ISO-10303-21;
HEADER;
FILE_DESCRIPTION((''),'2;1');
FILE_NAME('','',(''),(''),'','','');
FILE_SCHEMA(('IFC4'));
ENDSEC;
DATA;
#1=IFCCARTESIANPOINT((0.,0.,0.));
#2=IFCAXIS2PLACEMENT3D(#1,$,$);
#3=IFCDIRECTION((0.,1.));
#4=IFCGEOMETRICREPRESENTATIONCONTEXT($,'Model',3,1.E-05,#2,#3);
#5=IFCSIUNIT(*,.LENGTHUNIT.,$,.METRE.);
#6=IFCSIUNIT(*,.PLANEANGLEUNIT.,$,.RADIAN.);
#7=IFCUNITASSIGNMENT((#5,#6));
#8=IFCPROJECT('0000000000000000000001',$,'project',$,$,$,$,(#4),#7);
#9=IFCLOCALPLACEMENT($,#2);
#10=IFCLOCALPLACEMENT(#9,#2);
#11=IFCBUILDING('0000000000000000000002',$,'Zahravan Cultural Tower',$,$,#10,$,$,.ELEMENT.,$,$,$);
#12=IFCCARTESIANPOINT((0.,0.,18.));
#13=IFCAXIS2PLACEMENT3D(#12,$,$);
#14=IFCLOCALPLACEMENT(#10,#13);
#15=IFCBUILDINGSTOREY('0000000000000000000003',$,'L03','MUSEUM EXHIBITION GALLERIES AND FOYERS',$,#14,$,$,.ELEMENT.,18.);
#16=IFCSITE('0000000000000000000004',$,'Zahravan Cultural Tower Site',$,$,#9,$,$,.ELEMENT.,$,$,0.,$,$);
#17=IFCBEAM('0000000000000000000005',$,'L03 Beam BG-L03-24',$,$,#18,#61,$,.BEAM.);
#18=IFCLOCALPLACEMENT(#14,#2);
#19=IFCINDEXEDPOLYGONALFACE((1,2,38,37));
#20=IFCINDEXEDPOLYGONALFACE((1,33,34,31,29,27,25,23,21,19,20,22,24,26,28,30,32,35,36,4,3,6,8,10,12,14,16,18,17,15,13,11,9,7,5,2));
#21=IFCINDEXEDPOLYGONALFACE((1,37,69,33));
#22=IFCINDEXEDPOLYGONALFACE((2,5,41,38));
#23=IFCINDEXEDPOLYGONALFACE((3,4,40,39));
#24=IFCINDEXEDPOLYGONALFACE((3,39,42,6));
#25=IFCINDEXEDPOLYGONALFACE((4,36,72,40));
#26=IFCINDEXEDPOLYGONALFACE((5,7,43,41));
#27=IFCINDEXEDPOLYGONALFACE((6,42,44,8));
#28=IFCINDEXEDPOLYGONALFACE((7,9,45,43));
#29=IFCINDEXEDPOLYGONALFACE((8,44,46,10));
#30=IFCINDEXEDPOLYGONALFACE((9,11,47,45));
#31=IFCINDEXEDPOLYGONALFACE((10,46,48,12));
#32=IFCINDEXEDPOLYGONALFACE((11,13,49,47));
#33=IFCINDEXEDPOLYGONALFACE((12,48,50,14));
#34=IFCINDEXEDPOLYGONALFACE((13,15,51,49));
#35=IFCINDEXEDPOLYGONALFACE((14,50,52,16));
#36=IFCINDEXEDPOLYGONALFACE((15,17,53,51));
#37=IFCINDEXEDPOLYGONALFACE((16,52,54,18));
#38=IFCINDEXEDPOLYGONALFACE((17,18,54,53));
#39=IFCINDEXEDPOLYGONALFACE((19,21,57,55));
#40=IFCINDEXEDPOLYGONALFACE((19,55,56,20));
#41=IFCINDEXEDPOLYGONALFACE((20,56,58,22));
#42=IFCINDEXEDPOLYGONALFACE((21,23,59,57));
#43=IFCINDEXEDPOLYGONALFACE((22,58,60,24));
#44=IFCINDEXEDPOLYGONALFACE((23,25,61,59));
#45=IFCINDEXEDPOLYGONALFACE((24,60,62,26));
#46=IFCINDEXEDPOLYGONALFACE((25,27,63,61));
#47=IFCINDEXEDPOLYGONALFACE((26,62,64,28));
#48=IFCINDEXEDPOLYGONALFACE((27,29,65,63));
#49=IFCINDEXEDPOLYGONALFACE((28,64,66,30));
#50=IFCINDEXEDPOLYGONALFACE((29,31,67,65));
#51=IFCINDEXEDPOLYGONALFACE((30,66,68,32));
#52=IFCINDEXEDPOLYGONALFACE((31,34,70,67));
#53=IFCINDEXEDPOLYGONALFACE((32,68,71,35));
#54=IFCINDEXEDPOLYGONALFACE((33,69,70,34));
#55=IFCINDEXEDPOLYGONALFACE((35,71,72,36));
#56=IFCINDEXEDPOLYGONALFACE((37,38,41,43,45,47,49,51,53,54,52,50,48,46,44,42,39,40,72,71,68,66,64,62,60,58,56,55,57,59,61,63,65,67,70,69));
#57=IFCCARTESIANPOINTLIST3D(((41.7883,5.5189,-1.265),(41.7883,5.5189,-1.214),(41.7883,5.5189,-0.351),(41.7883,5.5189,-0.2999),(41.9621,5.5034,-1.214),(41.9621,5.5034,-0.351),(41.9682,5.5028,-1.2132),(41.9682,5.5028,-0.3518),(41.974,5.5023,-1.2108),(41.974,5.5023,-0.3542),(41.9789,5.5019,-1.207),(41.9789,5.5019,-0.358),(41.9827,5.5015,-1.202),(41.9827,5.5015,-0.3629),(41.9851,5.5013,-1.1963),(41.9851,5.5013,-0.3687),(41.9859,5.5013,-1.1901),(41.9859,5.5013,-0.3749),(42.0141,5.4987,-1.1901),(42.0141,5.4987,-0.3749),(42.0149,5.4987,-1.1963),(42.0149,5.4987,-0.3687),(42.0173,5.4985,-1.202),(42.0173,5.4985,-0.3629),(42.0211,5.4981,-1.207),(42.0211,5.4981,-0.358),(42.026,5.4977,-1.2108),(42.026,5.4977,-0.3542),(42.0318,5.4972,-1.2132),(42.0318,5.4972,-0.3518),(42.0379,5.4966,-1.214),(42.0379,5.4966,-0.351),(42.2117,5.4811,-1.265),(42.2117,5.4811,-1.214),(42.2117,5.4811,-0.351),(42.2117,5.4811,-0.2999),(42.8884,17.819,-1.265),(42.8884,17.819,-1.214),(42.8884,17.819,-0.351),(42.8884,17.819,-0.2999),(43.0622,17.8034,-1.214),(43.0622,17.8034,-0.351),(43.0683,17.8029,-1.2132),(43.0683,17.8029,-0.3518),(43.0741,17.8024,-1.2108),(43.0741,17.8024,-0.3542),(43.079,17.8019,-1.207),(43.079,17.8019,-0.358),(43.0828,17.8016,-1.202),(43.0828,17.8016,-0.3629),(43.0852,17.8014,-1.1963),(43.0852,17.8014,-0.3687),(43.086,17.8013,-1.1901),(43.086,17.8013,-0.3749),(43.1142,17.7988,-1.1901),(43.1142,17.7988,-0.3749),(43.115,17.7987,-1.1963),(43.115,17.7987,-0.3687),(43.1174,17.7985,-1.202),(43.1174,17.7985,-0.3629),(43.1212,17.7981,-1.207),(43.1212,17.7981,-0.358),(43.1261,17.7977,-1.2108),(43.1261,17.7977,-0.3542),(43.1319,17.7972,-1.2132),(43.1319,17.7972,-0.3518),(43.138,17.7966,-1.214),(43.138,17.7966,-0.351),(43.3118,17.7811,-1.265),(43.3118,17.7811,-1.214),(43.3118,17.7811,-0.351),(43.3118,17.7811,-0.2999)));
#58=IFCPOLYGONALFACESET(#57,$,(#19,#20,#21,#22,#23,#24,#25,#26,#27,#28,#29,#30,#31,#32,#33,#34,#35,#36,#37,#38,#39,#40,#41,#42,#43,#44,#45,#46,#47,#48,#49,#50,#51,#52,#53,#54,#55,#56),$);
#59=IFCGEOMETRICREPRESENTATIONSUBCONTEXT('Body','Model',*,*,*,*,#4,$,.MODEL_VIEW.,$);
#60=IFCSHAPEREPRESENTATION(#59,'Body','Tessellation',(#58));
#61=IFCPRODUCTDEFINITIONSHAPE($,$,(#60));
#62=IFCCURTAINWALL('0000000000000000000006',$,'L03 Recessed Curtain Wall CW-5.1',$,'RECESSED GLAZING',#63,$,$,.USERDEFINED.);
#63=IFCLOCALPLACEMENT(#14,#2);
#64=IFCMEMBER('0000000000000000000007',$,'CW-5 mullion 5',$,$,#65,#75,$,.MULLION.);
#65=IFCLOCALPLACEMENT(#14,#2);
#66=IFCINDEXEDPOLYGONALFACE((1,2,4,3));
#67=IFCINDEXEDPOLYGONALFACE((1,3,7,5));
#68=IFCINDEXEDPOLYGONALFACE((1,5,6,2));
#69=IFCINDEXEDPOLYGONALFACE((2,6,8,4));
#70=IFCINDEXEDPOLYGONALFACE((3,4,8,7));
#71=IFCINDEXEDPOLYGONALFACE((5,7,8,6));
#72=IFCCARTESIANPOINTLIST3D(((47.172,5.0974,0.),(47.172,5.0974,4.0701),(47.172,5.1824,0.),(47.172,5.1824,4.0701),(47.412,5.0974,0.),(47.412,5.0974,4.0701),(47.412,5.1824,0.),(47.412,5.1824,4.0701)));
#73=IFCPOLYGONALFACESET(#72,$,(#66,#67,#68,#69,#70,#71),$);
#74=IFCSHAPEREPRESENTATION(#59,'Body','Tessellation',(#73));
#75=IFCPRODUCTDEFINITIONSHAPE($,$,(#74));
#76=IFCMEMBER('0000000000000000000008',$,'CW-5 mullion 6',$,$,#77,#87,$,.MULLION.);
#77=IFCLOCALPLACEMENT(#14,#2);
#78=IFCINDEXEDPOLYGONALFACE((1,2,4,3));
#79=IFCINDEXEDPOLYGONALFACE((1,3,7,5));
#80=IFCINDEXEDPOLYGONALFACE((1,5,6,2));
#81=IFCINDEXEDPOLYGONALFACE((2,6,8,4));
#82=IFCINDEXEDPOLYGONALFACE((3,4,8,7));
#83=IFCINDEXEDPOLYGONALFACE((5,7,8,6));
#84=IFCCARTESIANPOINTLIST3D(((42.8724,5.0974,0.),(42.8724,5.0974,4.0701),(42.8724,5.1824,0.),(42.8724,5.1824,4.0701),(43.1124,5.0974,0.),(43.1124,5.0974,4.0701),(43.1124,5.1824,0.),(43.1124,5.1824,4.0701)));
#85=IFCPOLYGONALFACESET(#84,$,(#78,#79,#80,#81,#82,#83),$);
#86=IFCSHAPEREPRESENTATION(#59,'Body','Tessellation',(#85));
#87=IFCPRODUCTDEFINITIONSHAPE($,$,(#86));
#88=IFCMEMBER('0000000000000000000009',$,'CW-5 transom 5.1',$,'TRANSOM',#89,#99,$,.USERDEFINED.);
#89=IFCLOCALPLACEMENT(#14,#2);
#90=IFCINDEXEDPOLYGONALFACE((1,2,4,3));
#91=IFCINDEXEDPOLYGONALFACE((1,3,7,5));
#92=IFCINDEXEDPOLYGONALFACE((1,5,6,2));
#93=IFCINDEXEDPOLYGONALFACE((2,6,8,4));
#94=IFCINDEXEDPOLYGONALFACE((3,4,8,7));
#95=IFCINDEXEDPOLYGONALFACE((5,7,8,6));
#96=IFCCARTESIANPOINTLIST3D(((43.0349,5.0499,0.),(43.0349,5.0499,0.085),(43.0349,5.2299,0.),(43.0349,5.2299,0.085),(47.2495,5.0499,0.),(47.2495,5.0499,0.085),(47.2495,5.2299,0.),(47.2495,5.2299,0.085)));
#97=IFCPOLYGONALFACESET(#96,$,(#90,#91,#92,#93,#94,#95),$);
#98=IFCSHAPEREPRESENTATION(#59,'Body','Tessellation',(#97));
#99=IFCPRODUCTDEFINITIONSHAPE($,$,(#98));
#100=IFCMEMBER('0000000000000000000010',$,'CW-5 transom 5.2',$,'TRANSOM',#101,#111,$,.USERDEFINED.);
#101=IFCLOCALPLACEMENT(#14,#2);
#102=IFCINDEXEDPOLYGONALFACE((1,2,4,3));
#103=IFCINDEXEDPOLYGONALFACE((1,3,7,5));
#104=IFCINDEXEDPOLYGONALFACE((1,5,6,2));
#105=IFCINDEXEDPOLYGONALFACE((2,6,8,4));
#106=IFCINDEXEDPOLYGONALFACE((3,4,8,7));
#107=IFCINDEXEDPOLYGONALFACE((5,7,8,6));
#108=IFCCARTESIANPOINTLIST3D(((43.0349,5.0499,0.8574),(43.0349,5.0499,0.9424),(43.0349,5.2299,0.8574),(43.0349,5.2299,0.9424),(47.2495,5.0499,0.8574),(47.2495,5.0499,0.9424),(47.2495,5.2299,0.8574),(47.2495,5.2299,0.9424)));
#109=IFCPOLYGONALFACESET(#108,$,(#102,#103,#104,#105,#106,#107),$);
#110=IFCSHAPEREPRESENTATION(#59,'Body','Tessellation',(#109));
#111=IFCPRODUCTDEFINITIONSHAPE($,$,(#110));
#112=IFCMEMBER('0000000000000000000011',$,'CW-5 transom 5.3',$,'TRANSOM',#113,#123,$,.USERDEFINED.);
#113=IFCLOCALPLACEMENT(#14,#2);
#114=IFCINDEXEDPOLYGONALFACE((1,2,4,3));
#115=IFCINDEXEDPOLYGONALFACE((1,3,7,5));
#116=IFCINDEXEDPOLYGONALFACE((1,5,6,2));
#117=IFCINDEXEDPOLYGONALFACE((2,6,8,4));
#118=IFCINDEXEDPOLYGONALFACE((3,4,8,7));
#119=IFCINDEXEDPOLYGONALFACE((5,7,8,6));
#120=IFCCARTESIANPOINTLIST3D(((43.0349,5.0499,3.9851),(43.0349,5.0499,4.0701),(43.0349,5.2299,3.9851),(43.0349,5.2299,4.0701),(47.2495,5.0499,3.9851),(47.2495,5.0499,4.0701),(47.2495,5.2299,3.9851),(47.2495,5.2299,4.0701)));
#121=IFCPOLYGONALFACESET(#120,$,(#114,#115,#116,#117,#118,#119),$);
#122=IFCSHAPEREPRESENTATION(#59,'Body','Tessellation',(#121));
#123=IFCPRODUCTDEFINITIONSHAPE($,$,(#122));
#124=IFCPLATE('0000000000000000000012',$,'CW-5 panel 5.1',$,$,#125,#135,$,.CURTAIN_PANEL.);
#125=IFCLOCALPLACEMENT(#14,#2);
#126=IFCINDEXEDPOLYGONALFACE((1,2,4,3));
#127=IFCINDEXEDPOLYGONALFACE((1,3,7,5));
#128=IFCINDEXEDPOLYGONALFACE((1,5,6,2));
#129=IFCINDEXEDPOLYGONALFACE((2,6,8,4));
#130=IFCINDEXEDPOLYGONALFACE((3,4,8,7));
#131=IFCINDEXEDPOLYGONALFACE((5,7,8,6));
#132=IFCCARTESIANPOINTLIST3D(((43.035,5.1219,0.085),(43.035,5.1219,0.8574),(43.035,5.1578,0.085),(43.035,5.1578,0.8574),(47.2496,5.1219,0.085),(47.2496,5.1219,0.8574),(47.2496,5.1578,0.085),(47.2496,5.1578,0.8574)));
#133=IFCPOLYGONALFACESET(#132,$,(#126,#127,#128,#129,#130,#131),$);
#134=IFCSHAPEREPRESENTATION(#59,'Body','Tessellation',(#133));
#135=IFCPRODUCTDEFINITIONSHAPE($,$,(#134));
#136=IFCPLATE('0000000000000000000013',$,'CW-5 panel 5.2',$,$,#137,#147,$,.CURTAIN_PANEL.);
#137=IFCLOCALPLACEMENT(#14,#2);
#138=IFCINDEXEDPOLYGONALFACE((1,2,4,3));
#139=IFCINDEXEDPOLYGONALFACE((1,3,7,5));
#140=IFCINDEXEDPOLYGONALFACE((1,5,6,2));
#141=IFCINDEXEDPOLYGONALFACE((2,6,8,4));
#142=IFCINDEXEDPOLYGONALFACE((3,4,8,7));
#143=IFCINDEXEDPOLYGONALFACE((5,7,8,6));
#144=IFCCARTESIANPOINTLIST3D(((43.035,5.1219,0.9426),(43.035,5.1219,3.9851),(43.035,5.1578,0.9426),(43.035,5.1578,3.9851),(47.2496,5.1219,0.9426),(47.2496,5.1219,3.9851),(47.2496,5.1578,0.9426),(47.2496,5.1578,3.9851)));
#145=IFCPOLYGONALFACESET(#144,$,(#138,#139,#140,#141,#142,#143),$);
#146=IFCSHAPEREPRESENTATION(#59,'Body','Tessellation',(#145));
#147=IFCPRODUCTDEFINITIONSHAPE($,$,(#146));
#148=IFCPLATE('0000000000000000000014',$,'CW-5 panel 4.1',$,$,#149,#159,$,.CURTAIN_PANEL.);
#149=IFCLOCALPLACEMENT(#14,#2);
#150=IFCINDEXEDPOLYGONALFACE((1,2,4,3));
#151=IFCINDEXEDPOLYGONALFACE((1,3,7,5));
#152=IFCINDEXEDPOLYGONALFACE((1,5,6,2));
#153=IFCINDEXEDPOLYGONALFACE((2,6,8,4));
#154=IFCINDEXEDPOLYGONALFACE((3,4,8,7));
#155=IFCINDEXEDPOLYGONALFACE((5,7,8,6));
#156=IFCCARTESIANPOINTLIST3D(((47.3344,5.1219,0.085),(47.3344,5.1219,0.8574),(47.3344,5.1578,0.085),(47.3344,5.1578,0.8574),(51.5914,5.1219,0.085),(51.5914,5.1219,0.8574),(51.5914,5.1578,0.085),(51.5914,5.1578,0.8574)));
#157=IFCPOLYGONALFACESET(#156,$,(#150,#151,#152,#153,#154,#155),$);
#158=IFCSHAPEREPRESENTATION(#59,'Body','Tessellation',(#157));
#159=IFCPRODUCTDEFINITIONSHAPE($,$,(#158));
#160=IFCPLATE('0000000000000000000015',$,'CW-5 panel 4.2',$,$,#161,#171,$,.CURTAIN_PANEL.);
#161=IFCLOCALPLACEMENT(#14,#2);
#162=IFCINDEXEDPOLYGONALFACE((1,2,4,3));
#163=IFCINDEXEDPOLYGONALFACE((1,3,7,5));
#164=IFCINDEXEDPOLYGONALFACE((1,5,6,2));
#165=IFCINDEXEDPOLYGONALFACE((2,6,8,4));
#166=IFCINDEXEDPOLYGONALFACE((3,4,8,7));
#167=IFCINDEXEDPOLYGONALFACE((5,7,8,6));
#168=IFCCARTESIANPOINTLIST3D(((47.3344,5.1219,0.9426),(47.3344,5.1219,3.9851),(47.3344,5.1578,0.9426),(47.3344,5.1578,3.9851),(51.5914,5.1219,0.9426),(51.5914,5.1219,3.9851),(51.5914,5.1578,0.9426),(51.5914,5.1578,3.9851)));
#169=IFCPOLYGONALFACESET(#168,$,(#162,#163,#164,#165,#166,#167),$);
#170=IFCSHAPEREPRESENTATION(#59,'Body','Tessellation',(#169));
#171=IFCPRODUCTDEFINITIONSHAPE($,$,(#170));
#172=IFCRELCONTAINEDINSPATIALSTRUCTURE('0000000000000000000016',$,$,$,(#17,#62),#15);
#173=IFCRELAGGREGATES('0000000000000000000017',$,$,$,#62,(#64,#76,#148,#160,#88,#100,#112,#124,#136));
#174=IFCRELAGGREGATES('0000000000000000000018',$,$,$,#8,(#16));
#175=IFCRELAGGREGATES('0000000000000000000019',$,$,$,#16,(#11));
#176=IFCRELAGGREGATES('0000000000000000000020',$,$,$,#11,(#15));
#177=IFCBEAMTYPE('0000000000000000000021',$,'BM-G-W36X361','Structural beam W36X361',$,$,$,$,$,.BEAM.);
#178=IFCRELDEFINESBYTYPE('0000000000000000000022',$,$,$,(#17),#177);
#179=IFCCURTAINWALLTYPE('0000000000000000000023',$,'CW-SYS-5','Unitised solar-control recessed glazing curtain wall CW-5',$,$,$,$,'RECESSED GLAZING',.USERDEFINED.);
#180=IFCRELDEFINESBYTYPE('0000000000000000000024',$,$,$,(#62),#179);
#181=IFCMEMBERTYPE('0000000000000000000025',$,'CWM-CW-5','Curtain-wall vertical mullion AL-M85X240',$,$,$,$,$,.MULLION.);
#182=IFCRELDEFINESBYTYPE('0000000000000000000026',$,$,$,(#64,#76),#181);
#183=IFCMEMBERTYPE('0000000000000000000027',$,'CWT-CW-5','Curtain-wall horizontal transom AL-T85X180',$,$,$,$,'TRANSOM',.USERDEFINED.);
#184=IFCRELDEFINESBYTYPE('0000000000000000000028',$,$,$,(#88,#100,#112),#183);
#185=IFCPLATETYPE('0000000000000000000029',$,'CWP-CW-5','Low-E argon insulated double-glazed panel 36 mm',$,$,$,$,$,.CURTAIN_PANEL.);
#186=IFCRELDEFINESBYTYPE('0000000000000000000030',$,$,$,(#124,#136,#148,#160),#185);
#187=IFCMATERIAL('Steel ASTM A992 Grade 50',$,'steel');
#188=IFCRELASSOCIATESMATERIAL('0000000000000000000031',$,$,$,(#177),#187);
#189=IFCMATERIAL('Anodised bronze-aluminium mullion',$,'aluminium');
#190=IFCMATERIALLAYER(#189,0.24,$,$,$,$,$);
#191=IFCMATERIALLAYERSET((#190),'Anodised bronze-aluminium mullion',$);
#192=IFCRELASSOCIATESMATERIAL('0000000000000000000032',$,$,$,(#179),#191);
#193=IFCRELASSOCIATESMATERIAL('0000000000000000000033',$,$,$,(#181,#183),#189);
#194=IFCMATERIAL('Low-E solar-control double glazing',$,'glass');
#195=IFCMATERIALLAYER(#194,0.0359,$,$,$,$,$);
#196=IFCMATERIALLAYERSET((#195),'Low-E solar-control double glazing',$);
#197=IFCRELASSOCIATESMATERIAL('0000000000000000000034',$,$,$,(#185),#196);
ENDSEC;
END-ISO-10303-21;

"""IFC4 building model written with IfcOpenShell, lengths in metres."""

from ifc_helpers import new_model, si_unit, direction, frame, origin, origin_2d, place, context, subcontext, project, spatial, rectangle, i_section, extrude, source, transform, mapped, material, layer, layer_set, material_profile, profile_set, type_object, element, aggregate, save


model = new_model("IFC4")

# Units and contexts
model_context = context("Model", 3, precision=1e-05, world=origin(), true_north=direction((0.0, 1.0)))
body_context = subcontext(model_context, "Body", "Model", "MODEL_VIEW")
ifc_project = project(units=[si_unit("LENGTHUNIT", "METRE"), si_unit("PLANEANGLEUNIT", "RADIAN")], contexts=[model_context])

# Site, building, storey
site_placement = place(None, origin())
site = spatial("IfcSite", under=ifc_project, at=site_placement, Name="Zahravan Cultural Tower Site", CompositionType="ELEMENT", RefElevation=0.0)
building_placement = place(site_placement, origin())
building = spatial("IfcBuilding", under=site, at=building_placement, Name="Zahravan Cultural Tower", CompositionType="ELEMENT")
storey_placement = place(building_placement, frame((0.0, 0.0, 18.0)))
storey = spatial("IfcBuildingStorey", under=building, at=storey_placement, Name="L03", Description="MUSEUM EXHIBITION GALLERIES AND FOYERS", CompositionType="ELEMENT", Elevation=18.0)

# Beam
ifc_material_1 = material(Name="Steel ASTM A992 Grade 50", Category="steel")
ifc_material_profile_1 = material_profile(ifc_material_1, i_section(OverallWidth=0.425, OverallDepth=0.9651, WebThickness=0.0283, FlangeThickness=0.051, FilletRadius=0.0239, at=origin_2d()), Name="W36X361")
ifc_profile_set_1 = profile_set([ifc_material_profile_1], Name="Steel ASTM A992 Grade 50")
beam_type_1 = type_object("IfcBeamType", Name="BM-G-W36X361", Description="Structural beam W36X361", PredefinedType="BEAM", material=ifc_profile_set_1)
shared_shape_1 = source(origin(), body_context, "Body", "SweptSolid", [
    extrude(i_section(OverallWidth=0.425, OverallDepth=0.9651, WebThickness=0.0283, FlangeThickness=0.051, FilletRadius=0.0239, at=origin_2d()), origin(), (0.0, 0.0, 1.0), 12.3491),
])
beam_1_placement = place(storey_placement, frame((42.0, 5.5, -0.7825), z_axis=(0.089083, 0.996024, 0.0), x_axis=(-0.996024, 0.089083, 0.0)))
element("IfcBeam", 1, at=beam_1_placement, inside=storey, type_object=beam_type_1, Name="L03 Beam BG-L03-24", PredefinedType="BEAM", context=body_context, shape_type="MappedRepresentation", body=[
    mapped(shared_shape_1, transform((0.0, 0.0, 0.0), x_axis=(1.0, 0.0, 0.0), y_axis=(0.0, 1.0, 0.0), z_axis=(0.0, 0.0, 1.0), scale=1.0)),
])

# Curtain wall, members, plates
ifc_material_2 = material(Name="Anodised bronze-aluminium mullion", Category="aluminium")
ifc_layer_1 = layer(ifc_material_2, 0.24)
ifc_layer_set_1 = layer_set([ifc_layer_1], Name="Anodised bronze-aluminium mullion")
curtain_wall_type = type_object("IfcCurtainWallType", Name="CW-SYS-5", Description="Unitised solar-control recessed glazing curtain wall CW-5", ElementType="RECESSED GLAZING", PredefinedType="USERDEFINED", material=ifc_layer_set_1)
curtain_wall_placement = place(storey_placement, origin())
curtain_wall = element("IfcCurtainWall", 2, at=curtain_wall_placement, inside=storey, type_object=curtain_wall_type, Name="L03 Recessed Curtain Wall CW-5.1", ObjectType="RECESSED GLAZING", PredefinedType="USERDEFINED")
ifc_material_profile_2 = material_profile(ifc_material_2, rectangle(XDim=0.085, YDim=0.24, at=origin_2d()), Name="AL-M85X240")
ifc_profile_set_2 = profile_set([ifc_material_profile_2], Name="Anodised bronze-aluminium mullion")
member_type_1 = type_object("IfcMemberType", Name="CWM-CW-5", Description="Curtain-wall vertical mullion AL-M85X240", PredefinedType="MULLION", material=ifc_profile_set_2)
shared_shape_2 = source(origin(), body_context, "Body", "SweptSolid", [
    extrude(rectangle(XDim=0.085, YDim=0.24, at=origin_2d()), origin(), (0.0, 0.0, 1.0), 4.0701),
])
member_1_placement = place(storey_placement, frame((47.292, 5.1399, 0.0), z_axis=(0.0, 0.0, 1.0), x_axis=(0.0, -1.0, 0.0)))
member_1 = element("IfcMember", 3, at=member_1_placement, type_object=member_type_1, Name="CW-5 mullion 5", PredefinedType="MULLION", context=body_context, shape_type="MappedRepresentation", body=[
    mapped(shared_shape_2, transform((0.0, 0.0, 0.0), x_axis=(1.0, 0.0, 0.0), y_axis=(0.0, 1.0, 0.0), z_axis=(0.0, 0.0, 1.0), scale=1.0)),
])
member_2_placement = place(storey_placement, frame((42.9924, 5.1399, 0.0), z_axis=(0.0, 0.0, 1.0), x_axis=(0.0, -1.0, 0.0)))
member_2 = element("IfcMember", 4, at=member_2_placement, type_object=member_type_1, Name="CW-5 mullion 6", PredefinedType="MULLION", context=body_context, shape_type="MappedRepresentation", body=[
    mapped(shared_shape_2, transform((0.0, 0.0, 0.0), x_axis=(1.0, 0.0, 0.0), y_axis=(0.0, 1.0, 0.0), z_axis=(0.0, 0.0, 1.0), scale=1.0)),
])
ifc_material_profile_3 = material_profile(ifc_material_2, rectangle(XDim=0.1799, YDim=0.085, at=origin_2d()), Name="AL-T85X180")
ifc_profile_set_3 = profile_set([ifc_material_profile_3], Name="Anodised bronze-aluminium mullion")
member_type_2 = type_object("IfcMemberType", Name="CWT-CW-5", Description="Curtain-wall horizontal transom AL-T85X180", ElementType="TRANSOM", PredefinedType="USERDEFINED", material=ifc_profile_set_3)
shared_shape_3 = source(origin(), body_context, "Body", "SweptSolid", [
    extrude(rectangle(XDim=0.1799, YDim=0.085, at=origin_2d()), origin(), (0.0, 0.0, 1.0), 4.2146),
])
member_3_placement = place(storey_placement, frame((47.2495, 5.1399, 0.0425), z_axis=(-1.0, 0.0, 0.0), x_axis=(0.0, -1.0, 0.0)))
member_3 = element("IfcMember", 5, at=member_3_placement, type_object=member_type_2, Name="CW-5 transom 5.1", ObjectType="TRANSOM", PredefinedType="USERDEFINED", context=body_context, shape_type="MappedRepresentation", body=[
    mapped(shared_shape_3, transform((0.0, 0.0, 0.0), x_axis=(1.0, 0.0, 0.0), y_axis=(0.0, 1.0, 0.0), z_axis=(0.0, 0.0, 1.0), scale=1.0)),
])
member_4_placement = place(storey_placement, frame((47.2495, 5.1399, 0.8999), z_axis=(-1.0, 0.0, 0.0), x_axis=(0.0, -1.0, 0.0)))
member_4 = element("IfcMember", 6, at=member_4_placement, type_object=member_type_2, Name="CW-5 transom 5.2", ObjectType="TRANSOM", PredefinedType="USERDEFINED", context=body_context, shape_type="MappedRepresentation", body=[
    mapped(shared_shape_3, transform((0.0, 0.0, 0.0), x_axis=(1.0, 0.0, 0.0), y_axis=(0.0, 1.0, 0.0), z_axis=(0.0, 0.0, 1.0), scale=1.0)),
])
member_5_placement = place(storey_placement, frame((47.2495, 5.1399, 4.0276), z_axis=(-1.0, 0.0, 0.0), x_axis=(0.0, -1.0, 0.0)))
member_5 = element("IfcMember", 7, at=member_5_placement, type_object=member_type_2, Name="CW-5 transom 5.3", ObjectType="TRANSOM", PredefinedType="USERDEFINED", context=body_context, shape_type="MappedRepresentation", body=[
    mapped(shared_shape_3, transform((0.0, 0.0, 0.0), x_axis=(1.0, 0.0, 0.0), y_axis=(0.0, 1.0, 0.0), z_axis=(0.0, 0.0, 1.0), scale=1.0)),
])
ifc_material_3 = material(Name="Low-E solar-control double glazing", Category="glass")
ifc_layer_2 = layer(ifc_material_3, 0.0359)
ifc_layer_set_2 = layer_set([ifc_layer_2], Name="Low-E solar-control double glazing")
plate_type = type_object("IfcPlateType", Name="CWP-CW-5", Description="Low-E argon insulated double-glazed panel 36 mm", PredefinedType="CURTAIN_PANEL", material=ifc_layer_set_2)
shared_shape_4 = source(origin(), body_context, "Body", "SweptSolid", [
    extrude(rectangle(XDim=4.2146, YDim=0.0359, at=origin_2d()), origin(), (0.0, 0.0, 1.0), 0.7725),
])
plate_1_placement = place(storey_placement, frame((45.1423, 5.1399, 0.085), z_axis=(0.0, 0.0, 1.0), x_axis=(-1.0, 0.0, 0.0)))
plate_1 = element("IfcPlate", 8, at=plate_1_placement, type_object=plate_type, Name="CW-5 panel 5.1", PredefinedType="CURTAIN_PANEL", context=body_context, shape_type="MappedRepresentation", body=[
    mapped(shared_shape_4, transform((0.0, 0.0, 0.0), x_axis=(1.0, 0.0, 0.0), y_axis=(0.0, 1.0, 0.0), z_axis=(0.0, 0.0, 1.0), scale=1.0)),
])
shared_shape_5 = source(origin(), body_context, "Body", "SweptSolid", [
    extrude(rectangle(XDim=4.2146, YDim=0.0359, at=origin_2d()), origin(), (0.0, 0.0, 1.0), 3.0425),
])
plate_2_placement = place(storey_placement, frame((45.1423, 5.1399, 0.9426), z_axis=(0.0, 0.0, 1.0), x_axis=(-1.0, 0.0, 0.0)))
plate_2 = element("IfcPlate", 9, at=plate_2_placement, type_object=plate_type, Name="CW-5 panel 5.2", PredefinedType="CURTAIN_PANEL", context=body_context, shape_type="MappedRepresentation", body=[
    mapped(shared_shape_5, transform((0.0, 0.0, 0.0), x_axis=(1.0, 0.0, 0.0), y_axis=(0.0, 1.0, 0.0), z_axis=(0.0, 0.0, 1.0), scale=1.0)),
])
shared_shape_6 = source(origin(), body_context, "Body", "SweptSolid", [
    extrude(rectangle(XDim=4.2571, YDim=0.0359, at=origin_2d()), origin(), (0.0, 0.0, 1.0), 0.7725),
])
plate_3_placement = place(storey_placement, frame((49.4629, 5.1399, 0.085), z_axis=(0.0, 0.0, 1.0), x_axis=(-1.0, 0.0, 0.0)))
plate_3 = element("IfcPlate", 10, at=plate_3_placement, type_object=plate_type, Name="CW-5 panel 4.1", PredefinedType="CURTAIN_PANEL", context=body_context, shape_type="MappedRepresentation", body=[
    mapped(shared_shape_6, transform((0.0, 0.0, 0.0), x_axis=(1.0, 0.0, 0.0), y_axis=(0.0, 1.0, 0.0), z_axis=(0.0, 0.0, 1.0), scale=1.0)),
])
shared_shape_7 = source(origin(), body_context, "Body", "SweptSolid", [
    extrude(rectangle(XDim=4.2571, YDim=0.0359, at=origin_2d()), origin(), (0.0, 0.0, 1.0), 3.0425),
])
plate_4_placement = place(storey_placement, frame((49.4629, 5.1399, 0.9426), z_axis=(0.0, 0.0, 1.0), x_axis=(-1.0, 0.0, 0.0)))
plate_4 = element("IfcPlate", 11, at=plate_4_placement, type_object=plate_type, Name="CW-5 panel 4.2", PredefinedType="CURTAIN_PANEL", context=body_context, shape_type="MappedRepresentation", body=[
    mapped(shared_shape_7, transform((0.0, 0.0, 0.0), x_axis=(1.0, 0.0, 0.0), y_axis=(0.0, 1.0, 0.0), z_axis=(0.0, 0.0, 1.0), scale=1.0)),
])
aggregate(curtain_wall, [member_1, member_2, plate_3, plate_4, member_3, member_4, member_5, plate_1, plate_2])

save(model, "model.ifc")
